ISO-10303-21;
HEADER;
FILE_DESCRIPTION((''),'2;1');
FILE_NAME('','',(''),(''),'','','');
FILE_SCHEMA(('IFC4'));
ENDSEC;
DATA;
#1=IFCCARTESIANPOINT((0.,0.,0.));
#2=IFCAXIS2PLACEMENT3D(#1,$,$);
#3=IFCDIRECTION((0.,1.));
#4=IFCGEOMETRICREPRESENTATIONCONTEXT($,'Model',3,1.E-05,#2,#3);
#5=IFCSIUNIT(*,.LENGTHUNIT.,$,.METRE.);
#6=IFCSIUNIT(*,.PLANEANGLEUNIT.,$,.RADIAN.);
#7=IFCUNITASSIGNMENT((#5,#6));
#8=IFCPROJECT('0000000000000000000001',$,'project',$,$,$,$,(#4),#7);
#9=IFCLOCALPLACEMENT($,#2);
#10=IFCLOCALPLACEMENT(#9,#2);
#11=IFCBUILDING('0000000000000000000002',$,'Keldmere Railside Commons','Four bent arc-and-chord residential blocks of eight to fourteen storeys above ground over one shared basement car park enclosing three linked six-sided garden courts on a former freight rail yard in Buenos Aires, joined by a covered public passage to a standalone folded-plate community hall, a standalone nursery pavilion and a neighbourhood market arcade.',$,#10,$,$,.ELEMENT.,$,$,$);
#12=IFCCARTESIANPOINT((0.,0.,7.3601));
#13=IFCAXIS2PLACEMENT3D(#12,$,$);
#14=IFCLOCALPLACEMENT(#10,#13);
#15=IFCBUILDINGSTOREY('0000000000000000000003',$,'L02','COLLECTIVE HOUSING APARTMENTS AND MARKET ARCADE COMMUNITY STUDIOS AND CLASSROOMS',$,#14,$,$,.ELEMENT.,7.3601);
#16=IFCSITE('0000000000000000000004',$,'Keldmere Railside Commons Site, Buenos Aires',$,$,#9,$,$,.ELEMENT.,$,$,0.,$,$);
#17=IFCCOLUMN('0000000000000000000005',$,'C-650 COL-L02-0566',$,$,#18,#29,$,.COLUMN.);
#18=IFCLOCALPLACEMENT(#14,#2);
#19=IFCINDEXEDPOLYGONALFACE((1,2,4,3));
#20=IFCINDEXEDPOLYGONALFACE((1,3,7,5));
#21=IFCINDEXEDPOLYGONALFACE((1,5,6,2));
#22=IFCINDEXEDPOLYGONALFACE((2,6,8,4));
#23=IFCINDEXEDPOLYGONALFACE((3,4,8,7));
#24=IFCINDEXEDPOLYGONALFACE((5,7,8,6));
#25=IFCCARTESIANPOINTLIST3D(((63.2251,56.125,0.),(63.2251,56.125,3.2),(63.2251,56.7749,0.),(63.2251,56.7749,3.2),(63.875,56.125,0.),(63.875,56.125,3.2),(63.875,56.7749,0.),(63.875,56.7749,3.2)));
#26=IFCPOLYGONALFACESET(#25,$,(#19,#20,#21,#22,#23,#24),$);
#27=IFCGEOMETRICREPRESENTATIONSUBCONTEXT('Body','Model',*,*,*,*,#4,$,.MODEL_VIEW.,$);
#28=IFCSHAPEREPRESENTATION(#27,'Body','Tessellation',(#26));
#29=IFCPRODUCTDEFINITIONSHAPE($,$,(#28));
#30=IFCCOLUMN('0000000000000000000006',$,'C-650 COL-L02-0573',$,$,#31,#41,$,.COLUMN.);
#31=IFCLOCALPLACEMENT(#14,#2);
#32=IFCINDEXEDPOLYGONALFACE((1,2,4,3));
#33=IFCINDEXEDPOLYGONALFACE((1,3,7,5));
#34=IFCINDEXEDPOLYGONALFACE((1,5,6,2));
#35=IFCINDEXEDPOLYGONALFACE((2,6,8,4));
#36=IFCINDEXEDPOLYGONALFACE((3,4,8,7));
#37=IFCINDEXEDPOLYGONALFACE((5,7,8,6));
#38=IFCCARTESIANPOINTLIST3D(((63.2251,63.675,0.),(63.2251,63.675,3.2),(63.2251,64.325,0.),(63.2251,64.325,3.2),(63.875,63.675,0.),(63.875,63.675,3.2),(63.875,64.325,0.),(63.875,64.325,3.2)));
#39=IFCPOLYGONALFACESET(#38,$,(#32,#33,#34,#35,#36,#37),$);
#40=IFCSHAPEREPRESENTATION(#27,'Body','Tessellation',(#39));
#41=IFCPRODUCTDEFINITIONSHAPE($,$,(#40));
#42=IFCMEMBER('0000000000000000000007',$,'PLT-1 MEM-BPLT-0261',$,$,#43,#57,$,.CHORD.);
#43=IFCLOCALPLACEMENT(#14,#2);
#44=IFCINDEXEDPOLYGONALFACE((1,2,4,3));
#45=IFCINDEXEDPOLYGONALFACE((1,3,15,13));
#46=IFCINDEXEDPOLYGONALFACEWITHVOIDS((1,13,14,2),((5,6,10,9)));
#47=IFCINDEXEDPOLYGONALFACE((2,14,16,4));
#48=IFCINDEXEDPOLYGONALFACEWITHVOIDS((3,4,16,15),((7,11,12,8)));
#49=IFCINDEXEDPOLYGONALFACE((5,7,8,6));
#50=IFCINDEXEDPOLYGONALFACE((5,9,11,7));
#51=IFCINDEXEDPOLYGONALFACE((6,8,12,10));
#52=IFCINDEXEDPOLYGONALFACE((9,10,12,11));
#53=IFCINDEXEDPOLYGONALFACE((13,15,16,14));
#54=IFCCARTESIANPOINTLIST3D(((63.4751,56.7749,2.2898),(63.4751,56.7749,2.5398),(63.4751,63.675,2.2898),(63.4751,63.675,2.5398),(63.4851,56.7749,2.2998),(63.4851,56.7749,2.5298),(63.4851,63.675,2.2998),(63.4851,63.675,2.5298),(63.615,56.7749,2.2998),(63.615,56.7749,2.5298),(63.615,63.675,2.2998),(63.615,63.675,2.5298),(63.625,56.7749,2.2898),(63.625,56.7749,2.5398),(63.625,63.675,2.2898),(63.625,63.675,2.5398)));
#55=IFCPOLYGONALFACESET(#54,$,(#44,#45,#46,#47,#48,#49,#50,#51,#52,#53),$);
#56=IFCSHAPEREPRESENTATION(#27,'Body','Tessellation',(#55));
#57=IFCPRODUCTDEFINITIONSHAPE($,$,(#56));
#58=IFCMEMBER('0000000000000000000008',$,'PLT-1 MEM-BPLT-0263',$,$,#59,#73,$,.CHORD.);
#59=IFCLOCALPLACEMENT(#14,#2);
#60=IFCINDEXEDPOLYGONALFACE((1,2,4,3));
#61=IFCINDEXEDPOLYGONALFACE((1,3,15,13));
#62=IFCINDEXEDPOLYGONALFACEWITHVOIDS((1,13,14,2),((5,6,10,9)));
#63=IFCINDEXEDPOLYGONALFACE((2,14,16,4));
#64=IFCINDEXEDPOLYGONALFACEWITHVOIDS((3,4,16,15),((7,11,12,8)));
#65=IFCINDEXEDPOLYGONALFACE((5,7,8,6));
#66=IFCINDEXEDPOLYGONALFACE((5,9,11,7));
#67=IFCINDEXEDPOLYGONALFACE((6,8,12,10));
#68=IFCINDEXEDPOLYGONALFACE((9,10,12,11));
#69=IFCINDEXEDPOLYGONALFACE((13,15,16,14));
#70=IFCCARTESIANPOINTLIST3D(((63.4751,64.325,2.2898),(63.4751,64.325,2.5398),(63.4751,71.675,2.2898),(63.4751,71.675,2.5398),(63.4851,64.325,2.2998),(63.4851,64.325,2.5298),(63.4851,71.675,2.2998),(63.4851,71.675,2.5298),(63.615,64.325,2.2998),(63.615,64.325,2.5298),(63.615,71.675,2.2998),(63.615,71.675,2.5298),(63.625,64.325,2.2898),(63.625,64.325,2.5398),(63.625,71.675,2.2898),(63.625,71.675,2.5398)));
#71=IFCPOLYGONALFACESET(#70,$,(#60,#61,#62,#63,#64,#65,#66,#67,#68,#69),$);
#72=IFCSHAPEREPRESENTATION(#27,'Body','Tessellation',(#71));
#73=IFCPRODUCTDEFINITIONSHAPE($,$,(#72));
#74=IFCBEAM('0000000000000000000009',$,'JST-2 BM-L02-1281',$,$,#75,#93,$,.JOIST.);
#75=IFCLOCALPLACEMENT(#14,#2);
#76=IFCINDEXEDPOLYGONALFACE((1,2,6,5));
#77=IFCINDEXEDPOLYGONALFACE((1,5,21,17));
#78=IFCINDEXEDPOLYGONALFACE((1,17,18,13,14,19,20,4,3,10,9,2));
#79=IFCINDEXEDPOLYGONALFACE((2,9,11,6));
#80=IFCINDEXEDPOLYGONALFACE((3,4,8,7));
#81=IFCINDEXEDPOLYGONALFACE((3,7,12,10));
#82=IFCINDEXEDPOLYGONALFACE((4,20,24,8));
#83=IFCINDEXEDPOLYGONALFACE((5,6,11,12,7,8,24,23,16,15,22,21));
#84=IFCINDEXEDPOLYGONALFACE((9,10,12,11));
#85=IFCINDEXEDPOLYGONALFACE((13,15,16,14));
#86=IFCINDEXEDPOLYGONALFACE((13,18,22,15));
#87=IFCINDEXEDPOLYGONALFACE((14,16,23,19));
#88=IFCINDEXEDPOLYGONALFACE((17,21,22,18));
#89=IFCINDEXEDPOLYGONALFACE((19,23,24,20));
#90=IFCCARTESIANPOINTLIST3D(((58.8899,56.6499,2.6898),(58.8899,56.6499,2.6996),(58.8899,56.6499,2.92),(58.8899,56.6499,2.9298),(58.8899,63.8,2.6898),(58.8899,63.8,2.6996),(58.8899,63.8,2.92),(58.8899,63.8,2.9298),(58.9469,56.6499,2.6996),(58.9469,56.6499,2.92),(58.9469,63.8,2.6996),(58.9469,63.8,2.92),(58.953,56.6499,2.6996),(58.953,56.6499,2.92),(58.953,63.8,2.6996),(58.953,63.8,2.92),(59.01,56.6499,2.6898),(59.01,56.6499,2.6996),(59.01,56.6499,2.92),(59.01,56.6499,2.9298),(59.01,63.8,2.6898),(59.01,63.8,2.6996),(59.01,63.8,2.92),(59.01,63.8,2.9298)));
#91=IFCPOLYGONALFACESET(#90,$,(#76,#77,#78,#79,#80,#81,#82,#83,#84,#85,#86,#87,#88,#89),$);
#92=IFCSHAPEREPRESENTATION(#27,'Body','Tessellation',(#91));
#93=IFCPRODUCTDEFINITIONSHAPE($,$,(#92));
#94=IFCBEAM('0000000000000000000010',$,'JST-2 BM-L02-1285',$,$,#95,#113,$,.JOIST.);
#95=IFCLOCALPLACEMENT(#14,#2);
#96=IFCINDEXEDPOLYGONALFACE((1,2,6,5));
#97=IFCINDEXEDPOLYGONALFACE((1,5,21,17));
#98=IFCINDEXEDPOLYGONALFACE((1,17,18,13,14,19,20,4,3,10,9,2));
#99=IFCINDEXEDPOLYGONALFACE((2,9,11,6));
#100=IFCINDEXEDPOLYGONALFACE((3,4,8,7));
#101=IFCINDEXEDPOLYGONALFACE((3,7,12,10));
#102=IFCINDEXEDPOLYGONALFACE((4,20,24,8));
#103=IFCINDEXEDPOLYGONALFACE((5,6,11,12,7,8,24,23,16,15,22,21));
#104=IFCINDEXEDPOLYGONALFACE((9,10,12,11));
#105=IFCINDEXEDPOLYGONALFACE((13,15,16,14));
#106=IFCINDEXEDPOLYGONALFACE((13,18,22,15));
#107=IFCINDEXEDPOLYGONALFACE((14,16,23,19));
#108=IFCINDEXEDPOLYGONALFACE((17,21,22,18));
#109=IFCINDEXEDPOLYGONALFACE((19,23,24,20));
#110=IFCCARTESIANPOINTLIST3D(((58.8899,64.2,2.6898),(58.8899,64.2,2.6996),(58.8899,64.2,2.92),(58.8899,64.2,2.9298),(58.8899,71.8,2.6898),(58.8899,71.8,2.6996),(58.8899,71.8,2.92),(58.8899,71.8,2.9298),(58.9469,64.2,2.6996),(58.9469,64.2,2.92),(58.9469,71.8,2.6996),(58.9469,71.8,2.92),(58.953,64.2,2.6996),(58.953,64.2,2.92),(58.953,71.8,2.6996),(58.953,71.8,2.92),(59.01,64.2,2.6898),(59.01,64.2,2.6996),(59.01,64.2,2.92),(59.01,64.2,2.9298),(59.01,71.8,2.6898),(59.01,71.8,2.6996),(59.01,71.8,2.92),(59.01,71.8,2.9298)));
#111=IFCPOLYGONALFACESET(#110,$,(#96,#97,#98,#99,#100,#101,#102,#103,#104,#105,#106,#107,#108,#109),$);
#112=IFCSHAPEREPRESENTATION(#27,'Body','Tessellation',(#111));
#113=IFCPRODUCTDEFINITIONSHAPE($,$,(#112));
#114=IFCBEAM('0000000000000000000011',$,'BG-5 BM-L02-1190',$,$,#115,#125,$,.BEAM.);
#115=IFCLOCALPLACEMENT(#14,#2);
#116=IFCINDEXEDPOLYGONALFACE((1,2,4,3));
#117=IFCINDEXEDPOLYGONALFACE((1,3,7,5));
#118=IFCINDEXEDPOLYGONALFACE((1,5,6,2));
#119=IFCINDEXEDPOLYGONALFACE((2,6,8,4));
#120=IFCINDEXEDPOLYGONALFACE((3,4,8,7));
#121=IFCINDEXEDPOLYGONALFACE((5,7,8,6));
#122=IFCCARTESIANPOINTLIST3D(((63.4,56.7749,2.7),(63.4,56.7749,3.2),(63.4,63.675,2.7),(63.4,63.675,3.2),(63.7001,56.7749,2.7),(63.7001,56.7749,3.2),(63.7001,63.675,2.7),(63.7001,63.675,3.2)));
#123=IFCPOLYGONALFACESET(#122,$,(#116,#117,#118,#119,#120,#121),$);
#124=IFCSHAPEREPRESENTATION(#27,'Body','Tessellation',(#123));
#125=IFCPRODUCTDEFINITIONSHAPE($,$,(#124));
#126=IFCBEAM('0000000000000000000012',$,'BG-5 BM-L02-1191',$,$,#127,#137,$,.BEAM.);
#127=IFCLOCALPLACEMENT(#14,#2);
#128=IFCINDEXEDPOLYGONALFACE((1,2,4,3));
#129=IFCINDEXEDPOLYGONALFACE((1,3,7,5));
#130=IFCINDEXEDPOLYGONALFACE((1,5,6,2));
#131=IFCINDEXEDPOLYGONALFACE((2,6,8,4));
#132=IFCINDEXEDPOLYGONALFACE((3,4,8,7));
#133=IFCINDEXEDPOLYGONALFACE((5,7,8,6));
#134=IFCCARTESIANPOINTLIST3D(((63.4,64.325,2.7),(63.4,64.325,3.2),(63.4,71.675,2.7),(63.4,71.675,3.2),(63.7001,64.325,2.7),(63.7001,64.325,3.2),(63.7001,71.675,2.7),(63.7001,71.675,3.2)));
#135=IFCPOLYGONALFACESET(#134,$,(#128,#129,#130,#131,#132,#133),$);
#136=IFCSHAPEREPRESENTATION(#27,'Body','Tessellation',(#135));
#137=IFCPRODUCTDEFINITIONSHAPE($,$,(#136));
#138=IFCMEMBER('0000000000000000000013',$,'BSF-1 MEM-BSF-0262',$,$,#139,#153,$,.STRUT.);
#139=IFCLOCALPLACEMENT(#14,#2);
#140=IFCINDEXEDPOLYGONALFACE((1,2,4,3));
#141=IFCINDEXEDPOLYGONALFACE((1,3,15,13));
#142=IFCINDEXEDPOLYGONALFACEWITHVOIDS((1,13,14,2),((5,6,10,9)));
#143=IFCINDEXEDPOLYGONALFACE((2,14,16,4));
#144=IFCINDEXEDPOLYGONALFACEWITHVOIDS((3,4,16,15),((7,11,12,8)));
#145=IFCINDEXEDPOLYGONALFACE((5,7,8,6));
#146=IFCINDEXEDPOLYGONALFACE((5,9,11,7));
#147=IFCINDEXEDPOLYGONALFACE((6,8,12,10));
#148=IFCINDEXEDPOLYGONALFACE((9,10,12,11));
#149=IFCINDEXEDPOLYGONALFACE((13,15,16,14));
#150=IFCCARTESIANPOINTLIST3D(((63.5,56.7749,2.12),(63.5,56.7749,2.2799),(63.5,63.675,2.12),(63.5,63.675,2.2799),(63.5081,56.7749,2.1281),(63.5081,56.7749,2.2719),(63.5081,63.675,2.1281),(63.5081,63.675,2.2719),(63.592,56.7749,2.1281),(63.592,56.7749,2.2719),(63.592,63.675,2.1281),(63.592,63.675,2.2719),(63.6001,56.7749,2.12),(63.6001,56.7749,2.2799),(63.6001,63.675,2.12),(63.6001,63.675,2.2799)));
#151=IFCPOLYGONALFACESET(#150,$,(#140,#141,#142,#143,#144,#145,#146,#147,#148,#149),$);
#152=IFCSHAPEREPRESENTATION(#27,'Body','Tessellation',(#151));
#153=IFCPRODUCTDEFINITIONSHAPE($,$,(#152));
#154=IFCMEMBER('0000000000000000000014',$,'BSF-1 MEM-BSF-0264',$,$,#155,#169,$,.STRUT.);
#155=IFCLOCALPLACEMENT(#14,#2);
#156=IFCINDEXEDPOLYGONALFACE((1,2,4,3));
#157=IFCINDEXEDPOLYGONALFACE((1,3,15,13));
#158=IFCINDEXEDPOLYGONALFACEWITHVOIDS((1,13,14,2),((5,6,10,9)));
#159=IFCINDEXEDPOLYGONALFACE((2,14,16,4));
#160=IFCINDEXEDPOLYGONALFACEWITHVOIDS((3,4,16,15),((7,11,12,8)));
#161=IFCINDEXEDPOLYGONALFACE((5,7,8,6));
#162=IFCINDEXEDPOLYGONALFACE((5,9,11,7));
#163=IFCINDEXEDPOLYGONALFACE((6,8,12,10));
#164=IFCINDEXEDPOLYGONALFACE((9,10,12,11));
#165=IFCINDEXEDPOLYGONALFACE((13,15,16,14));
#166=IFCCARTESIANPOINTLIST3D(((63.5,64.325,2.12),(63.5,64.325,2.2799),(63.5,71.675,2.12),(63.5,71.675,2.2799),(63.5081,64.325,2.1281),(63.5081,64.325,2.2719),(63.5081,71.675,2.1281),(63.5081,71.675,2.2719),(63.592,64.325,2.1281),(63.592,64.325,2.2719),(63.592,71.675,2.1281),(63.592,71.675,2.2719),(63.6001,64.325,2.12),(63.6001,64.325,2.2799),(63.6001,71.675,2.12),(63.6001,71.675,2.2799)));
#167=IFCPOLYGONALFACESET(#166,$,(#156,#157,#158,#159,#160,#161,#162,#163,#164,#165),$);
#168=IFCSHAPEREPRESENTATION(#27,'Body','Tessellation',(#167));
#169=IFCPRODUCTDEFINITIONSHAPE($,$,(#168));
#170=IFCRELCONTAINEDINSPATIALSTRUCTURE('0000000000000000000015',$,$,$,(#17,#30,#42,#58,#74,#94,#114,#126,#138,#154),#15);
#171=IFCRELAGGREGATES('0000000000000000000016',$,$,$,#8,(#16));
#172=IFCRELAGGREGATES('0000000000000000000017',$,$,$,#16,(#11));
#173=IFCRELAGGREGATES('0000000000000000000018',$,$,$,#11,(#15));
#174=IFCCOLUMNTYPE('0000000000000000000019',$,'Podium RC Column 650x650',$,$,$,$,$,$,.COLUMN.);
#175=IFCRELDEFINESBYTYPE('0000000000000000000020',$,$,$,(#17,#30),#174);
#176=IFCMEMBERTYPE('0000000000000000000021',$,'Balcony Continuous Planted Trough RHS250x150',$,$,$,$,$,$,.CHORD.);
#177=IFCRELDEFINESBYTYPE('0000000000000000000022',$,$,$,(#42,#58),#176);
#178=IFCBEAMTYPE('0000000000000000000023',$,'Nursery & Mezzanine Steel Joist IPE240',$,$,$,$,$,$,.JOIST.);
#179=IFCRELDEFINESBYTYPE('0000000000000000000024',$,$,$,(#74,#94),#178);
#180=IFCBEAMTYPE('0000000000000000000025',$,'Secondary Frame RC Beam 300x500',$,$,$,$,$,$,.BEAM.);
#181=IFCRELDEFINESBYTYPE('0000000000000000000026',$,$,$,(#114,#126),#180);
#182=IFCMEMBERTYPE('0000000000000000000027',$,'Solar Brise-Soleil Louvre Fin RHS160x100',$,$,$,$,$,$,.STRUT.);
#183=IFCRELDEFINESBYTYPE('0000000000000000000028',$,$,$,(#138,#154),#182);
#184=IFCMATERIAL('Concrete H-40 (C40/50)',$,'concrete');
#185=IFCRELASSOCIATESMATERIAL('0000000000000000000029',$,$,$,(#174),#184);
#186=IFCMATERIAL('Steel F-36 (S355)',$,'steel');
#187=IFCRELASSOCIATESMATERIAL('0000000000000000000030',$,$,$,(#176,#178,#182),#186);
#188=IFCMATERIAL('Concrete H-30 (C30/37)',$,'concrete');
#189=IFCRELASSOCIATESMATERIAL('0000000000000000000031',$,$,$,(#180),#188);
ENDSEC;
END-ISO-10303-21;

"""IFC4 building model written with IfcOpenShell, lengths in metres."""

from ifc_helpers import new_model, si_unit, direction, frame, origin, origin_2d, place, context, subcontext, project, spatial, rectangle, hollow_rectangle, i_section, extrude, material, material_profile, profile_set, type_object, element, save


model = new_model("IFC4")

# Units and contexts
model_context = context("Model", 3, precision=1e-05, world=origin(), true_north=direction((0.0, 1.0)))
body_context = subcontext(model_context, "Body", "Model", "MODEL_VIEW")
ifc_project = project(units=[si_unit("LENGTHUNIT", "METRE"), si_unit("PLANEANGLEUNIT", "RADIAN")], contexts=[model_context])

# Site, building, storey
site_placement = place(None, origin())
site = spatial("IfcSite", under=ifc_project, at=site_placement, Name="Keldmere Railside Commons Site, Buenos Aires", CompositionType="ELEMENT", RefElevation=0.0)
building_placement = place(site_placement, origin())
building = spatial("IfcBuilding", under=site, at=building_placement, Name="Keldmere Railside Commons", Description="Four bent arc-and-chord residential blocks of eight to fourteen storeys above ground over one shared basement car park enclosing three linked six-sided garden courts on a former freight rail yard in Buenos Aires, joined by a covered public passage to a standalone folded-plate community hall, a standalone nursery pavilion and a neighbourhood market arcade.", CompositionType="ELEMENT")
storey_placement = place(building_placement, frame((0.0, 0.0, 7.3601)))
storey = spatial("IfcBuildingStorey", under=building, at=storey_placement, Name="L02", Description="COLLECTIVE HOUSING APARTMENTS AND MARKET ARCADE COMMUNITY STUDIOS AND CLASSROOMS", CompositionType="ELEMENT", Elevation=7.3601)

# Columns
ifc_material_1 = material(Name="Concrete H-40 (C40/50)", Category="concrete")
ifc_material_profile_1 = material_profile(ifc_material_1, rectangle(XDim=0.6499, YDim=0.6499, at=origin_2d()), Name="RC-650x650")
ifc_profile_set_1 = profile_set([ifc_material_profile_1], Name="Concrete H-40 (C40/50)")
column_type = type_object("IfcColumnType", Name="Podium RC Column 650x650", PredefinedType="COLUMN", material=ifc_profile_set_1)
for number, where, z_axis, x_axis, name in (
    (1, (63.55, 56.45, 0.0), (0.0, 0.0, 1.0), (1.0, 0.0, 0.0), "C-650 COL-L02-0566"),
    (2, (63.55, 64.0, 0.0), (0.0, 0.0, 1.0), (1.0, 0.0, 0.0), "C-650 COL-L02-0573"),
):
    element("IfcColumn", number, at=place(storey_placement, frame(where, z_axis=z_axis, x_axis=x_axis)), inside=storey, type_object=column_type, Name=name, PredefinedType="COLUMN", context=body_context, shape_type="SweptSolid", body=[
        extrude(rectangle(XDim=0.6499, YDim=0.6499, at=origin_2d()), origin(), (0.0, 0.0, 1.0), 3.2),
    ])

# Members
ifc_material_2 = material(Name="Steel F-36 (S355)", Category="steel")
ifc_material_profile_2 = material_profile(ifc_material_2, hollow_rectangle(XDim=0.1499, YDim=0.25, WallThickness=0.01, at=origin_2d()), Name="RHS-250x150x10")
ifc_profile_set_2 = profile_set([ifc_material_profile_2], Name="Steel F-36 (S355)")
member_type_1 = type_object("IfcMemberType", Name="Balcony Continuous Planted Trough RHS250x150", PredefinedType="CHORD", material=ifc_profile_set_2)
member_1_placement = place(storey_placement, frame((63.55, 56.7749, 2.4148), z_axis=(0.0, 1.0, 0.0), x_axis=(-1.0, 0.0, 0.0)))
element("IfcMember", 3, at=member_1_placement, inside=storey, type_object=member_type_1, Name="PLT-1 MEM-BPLT-0261", PredefinedType="CHORD", context=body_context, shape_type="SweptSolid", body=[
    extrude(hollow_rectangle(XDim=0.1499, YDim=0.25, WallThickness=0.01, at=origin_2d()), origin(), (0.0, 0.0, 1.0), 6.9001),
])
member_2_placement = place(storey_placement, frame((63.55, 64.325, 2.4148), z_axis=(0.0, 1.0, 0.0), x_axis=(-1.0, 0.0, 0.0)))
element("IfcMember", 4, at=member_2_placement, inside=storey, type_object=member_type_1, Name="PLT-1 MEM-BPLT-0263", PredefinedType="CHORD", context=body_context, shape_type="SweptSolid", body=[
    extrude(hollow_rectangle(XDim=0.1499, YDim=0.25, WallThickness=0.01, at=origin_2d()), origin(), (0.0, 0.0, 1.0), 7.3501),
])

# Beams
ifc_material_profile_3 = material_profile(ifc_material_2, i_section(OverallWidth=0.1201, OverallDepth=0.24, WebThickness=0.0061, FlangeThickness=0.0098, at=origin_2d()), Name="IPE-240")
ifc_profile_set_3 = profile_set([ifc_material_profile_3], Name="Steel F-36 (S355)")
beam_type_1 = type_object("IfcBeamType", Name="Nursery & Mezzanine Steel Joist IPE240", PredefinedType="JOIST", material=ifc_profile_set_3)
beam_1_placement = place(storey_placement, frame((58.95, 56.6499, 2.8098), z_axis=(0.0, 1.0, 0.0), x_axis=(-1.0, 0.0, 0.0)))
element("IfcBeam", 5, at=beam_1_placement, inside=storey, type_object=beam_type_1, Name="JST-2 BM-L02-1281", PredefinedType="JOIST", context=body_context, shape_type="SweptSolid", body=[
    extrude(i_section(OverallWidth=0.1201, OverallDepth=0.24, WebThickness=0.0061, FlangeThickness=0.0098, at=origin_2d()), origin(), (0.0, 0.0, 1.0), 7.1501),
])
beam_2_placement = place(storey_placement, frame((58.95, 64.2, 2.8098), z_axis=(0.0, 1.0, 0.0), x_axis=(-1.0, 0.0, 0.0)))
element("IfcBeam", 6, at=beam_2_placement, inside=storey, type_object=beam_type_1, Name="JST-2 BM-L02-1285", PredefinedType="JOIST", context=body_context, shape_type="SweptSolid", body=[
    extrude(i_section(OverallWidth=0.1201, OverallDepth=0.24, WebThickness=0.0061, FlangeThickness=0.0098, at=origin_2d()), origin(), (0.0, 0.0, 1.0), 7.6001),
])
ifc_material_3 = material(Name="Concrete H-30 (C30/37)", Category="concrete")
ifc_material_profile_4 = material_profile(ifc_material_3, rectangle(XDim=0.3, YDim=0.5, at=origin_2d()), Name="RC-300x500")
ifc_profile_set_4 = profile_set([ifc_material_profile_4], Name="Concrete H-30 (C30/37)")
beam_type_2 = type_object("IfcBeamType", Name="Secondary Frame RC Beam 300x500", PredefinedType="BEAM", material=ifc_profile_set_4)
beam_3_placement = place(storey_placement, frame((63.55, 56.7749, 2.95), z_axis=(0.0, 1.0, 0.0), x_axis=(-1.0, 0.0, 0.0)))
element("IfcBeam", 7, at=beam_3_placement, inside=storey, type_object=beam_type_2, Name="BG-5 BM-L02-1190", PredefinedType="BEAM", context=body_context, shape_type="SweptSolid", body=[
    extrude(rectangle(XDim=0.3, YDim=0.5, at=origin_2d()), origin(), (0.0, 0.0, 1.0), 6.9001),
])
beam_4_placement = place(storey_placement, frame((63.55, 64.325, 2.95), z_axis=(0.0, 1.0, 0.0), x_axis=(-1.0, 0.0, 0.0)))
element("IfcBeam", 8, at=beam_4_placement, inside=storey, type_object=beam_type_2, Name="BG-5 BM-L02-1191", PredefinedType="BEAM", context=body_context, shape_type="SweptSolid", body=[
    extrude(rectangle(XDim=0.3, YDim=0.5, at=origin_2d()), origin(), (0.0, 0.0, 1.0), 7.3501),
])

# Members
ifc_material_profile_5 = material_profile(ifc_material_2, hollow_rectangle(XDim=0.1001, YDim=0.1599, WallThickness=0.0081, at=origin_2d()), Name="RHS-160x100x8")
ifc_profile_set_5 = profile_set([ifc_material_profile_5], Name="Steel F-36 (S355)")
member_type_2 = type_object("IfcMemberType", Name="Solar Brise-Soleil Louvre Fin RHS160x100", PredefinedType="STRUT", material=ifc_profile_set_5)
member_3_placement = place(storey_placement, frame((63.55, 56.7749, 2.2), z_axis=(0.0, 1.0, 0.0), x_axis=(-1.0, 0.0, 0.0)))
element("IfcMember", 9, at=member_3_placement, inside=storey, type_object=member_type_2, Name="BSF-1 MEM-BSF-0262", PredefinedType="STRUT", context=body_context, shape_type="SweptSolid", body=[
    extrude(hollow_rectangle(XDim=0.1001, YDim=0.1599, WallThickness=0.0081, at=origin_2d()), origin(), (0.0, 0.0, 1.0), 6.9001),
])
member_4_placement = place(storey_placement, frame((63.55, 64.325, 2.2), z_axis=(0.0, 1.0, 0.0), x_axis=(-1.0, 0.0, 0.0)))
element("IfcMember", 10, at=member_4_placement, inside=storey, type_object=member_type_2, Name="BSF-1 MEM-BSF-0264", PredefinedType="STRUT", context=body_context, shape_type="SweptSolid", body=[
    extrude(hollow_rectangle(XDim=0.1001, YDim=0.1599, WallThickness=0.0081, at=origin_2d()), origin(), (0.0, 0.0, 1.0), 7.3501),
])

save(model, "model.ifc")
